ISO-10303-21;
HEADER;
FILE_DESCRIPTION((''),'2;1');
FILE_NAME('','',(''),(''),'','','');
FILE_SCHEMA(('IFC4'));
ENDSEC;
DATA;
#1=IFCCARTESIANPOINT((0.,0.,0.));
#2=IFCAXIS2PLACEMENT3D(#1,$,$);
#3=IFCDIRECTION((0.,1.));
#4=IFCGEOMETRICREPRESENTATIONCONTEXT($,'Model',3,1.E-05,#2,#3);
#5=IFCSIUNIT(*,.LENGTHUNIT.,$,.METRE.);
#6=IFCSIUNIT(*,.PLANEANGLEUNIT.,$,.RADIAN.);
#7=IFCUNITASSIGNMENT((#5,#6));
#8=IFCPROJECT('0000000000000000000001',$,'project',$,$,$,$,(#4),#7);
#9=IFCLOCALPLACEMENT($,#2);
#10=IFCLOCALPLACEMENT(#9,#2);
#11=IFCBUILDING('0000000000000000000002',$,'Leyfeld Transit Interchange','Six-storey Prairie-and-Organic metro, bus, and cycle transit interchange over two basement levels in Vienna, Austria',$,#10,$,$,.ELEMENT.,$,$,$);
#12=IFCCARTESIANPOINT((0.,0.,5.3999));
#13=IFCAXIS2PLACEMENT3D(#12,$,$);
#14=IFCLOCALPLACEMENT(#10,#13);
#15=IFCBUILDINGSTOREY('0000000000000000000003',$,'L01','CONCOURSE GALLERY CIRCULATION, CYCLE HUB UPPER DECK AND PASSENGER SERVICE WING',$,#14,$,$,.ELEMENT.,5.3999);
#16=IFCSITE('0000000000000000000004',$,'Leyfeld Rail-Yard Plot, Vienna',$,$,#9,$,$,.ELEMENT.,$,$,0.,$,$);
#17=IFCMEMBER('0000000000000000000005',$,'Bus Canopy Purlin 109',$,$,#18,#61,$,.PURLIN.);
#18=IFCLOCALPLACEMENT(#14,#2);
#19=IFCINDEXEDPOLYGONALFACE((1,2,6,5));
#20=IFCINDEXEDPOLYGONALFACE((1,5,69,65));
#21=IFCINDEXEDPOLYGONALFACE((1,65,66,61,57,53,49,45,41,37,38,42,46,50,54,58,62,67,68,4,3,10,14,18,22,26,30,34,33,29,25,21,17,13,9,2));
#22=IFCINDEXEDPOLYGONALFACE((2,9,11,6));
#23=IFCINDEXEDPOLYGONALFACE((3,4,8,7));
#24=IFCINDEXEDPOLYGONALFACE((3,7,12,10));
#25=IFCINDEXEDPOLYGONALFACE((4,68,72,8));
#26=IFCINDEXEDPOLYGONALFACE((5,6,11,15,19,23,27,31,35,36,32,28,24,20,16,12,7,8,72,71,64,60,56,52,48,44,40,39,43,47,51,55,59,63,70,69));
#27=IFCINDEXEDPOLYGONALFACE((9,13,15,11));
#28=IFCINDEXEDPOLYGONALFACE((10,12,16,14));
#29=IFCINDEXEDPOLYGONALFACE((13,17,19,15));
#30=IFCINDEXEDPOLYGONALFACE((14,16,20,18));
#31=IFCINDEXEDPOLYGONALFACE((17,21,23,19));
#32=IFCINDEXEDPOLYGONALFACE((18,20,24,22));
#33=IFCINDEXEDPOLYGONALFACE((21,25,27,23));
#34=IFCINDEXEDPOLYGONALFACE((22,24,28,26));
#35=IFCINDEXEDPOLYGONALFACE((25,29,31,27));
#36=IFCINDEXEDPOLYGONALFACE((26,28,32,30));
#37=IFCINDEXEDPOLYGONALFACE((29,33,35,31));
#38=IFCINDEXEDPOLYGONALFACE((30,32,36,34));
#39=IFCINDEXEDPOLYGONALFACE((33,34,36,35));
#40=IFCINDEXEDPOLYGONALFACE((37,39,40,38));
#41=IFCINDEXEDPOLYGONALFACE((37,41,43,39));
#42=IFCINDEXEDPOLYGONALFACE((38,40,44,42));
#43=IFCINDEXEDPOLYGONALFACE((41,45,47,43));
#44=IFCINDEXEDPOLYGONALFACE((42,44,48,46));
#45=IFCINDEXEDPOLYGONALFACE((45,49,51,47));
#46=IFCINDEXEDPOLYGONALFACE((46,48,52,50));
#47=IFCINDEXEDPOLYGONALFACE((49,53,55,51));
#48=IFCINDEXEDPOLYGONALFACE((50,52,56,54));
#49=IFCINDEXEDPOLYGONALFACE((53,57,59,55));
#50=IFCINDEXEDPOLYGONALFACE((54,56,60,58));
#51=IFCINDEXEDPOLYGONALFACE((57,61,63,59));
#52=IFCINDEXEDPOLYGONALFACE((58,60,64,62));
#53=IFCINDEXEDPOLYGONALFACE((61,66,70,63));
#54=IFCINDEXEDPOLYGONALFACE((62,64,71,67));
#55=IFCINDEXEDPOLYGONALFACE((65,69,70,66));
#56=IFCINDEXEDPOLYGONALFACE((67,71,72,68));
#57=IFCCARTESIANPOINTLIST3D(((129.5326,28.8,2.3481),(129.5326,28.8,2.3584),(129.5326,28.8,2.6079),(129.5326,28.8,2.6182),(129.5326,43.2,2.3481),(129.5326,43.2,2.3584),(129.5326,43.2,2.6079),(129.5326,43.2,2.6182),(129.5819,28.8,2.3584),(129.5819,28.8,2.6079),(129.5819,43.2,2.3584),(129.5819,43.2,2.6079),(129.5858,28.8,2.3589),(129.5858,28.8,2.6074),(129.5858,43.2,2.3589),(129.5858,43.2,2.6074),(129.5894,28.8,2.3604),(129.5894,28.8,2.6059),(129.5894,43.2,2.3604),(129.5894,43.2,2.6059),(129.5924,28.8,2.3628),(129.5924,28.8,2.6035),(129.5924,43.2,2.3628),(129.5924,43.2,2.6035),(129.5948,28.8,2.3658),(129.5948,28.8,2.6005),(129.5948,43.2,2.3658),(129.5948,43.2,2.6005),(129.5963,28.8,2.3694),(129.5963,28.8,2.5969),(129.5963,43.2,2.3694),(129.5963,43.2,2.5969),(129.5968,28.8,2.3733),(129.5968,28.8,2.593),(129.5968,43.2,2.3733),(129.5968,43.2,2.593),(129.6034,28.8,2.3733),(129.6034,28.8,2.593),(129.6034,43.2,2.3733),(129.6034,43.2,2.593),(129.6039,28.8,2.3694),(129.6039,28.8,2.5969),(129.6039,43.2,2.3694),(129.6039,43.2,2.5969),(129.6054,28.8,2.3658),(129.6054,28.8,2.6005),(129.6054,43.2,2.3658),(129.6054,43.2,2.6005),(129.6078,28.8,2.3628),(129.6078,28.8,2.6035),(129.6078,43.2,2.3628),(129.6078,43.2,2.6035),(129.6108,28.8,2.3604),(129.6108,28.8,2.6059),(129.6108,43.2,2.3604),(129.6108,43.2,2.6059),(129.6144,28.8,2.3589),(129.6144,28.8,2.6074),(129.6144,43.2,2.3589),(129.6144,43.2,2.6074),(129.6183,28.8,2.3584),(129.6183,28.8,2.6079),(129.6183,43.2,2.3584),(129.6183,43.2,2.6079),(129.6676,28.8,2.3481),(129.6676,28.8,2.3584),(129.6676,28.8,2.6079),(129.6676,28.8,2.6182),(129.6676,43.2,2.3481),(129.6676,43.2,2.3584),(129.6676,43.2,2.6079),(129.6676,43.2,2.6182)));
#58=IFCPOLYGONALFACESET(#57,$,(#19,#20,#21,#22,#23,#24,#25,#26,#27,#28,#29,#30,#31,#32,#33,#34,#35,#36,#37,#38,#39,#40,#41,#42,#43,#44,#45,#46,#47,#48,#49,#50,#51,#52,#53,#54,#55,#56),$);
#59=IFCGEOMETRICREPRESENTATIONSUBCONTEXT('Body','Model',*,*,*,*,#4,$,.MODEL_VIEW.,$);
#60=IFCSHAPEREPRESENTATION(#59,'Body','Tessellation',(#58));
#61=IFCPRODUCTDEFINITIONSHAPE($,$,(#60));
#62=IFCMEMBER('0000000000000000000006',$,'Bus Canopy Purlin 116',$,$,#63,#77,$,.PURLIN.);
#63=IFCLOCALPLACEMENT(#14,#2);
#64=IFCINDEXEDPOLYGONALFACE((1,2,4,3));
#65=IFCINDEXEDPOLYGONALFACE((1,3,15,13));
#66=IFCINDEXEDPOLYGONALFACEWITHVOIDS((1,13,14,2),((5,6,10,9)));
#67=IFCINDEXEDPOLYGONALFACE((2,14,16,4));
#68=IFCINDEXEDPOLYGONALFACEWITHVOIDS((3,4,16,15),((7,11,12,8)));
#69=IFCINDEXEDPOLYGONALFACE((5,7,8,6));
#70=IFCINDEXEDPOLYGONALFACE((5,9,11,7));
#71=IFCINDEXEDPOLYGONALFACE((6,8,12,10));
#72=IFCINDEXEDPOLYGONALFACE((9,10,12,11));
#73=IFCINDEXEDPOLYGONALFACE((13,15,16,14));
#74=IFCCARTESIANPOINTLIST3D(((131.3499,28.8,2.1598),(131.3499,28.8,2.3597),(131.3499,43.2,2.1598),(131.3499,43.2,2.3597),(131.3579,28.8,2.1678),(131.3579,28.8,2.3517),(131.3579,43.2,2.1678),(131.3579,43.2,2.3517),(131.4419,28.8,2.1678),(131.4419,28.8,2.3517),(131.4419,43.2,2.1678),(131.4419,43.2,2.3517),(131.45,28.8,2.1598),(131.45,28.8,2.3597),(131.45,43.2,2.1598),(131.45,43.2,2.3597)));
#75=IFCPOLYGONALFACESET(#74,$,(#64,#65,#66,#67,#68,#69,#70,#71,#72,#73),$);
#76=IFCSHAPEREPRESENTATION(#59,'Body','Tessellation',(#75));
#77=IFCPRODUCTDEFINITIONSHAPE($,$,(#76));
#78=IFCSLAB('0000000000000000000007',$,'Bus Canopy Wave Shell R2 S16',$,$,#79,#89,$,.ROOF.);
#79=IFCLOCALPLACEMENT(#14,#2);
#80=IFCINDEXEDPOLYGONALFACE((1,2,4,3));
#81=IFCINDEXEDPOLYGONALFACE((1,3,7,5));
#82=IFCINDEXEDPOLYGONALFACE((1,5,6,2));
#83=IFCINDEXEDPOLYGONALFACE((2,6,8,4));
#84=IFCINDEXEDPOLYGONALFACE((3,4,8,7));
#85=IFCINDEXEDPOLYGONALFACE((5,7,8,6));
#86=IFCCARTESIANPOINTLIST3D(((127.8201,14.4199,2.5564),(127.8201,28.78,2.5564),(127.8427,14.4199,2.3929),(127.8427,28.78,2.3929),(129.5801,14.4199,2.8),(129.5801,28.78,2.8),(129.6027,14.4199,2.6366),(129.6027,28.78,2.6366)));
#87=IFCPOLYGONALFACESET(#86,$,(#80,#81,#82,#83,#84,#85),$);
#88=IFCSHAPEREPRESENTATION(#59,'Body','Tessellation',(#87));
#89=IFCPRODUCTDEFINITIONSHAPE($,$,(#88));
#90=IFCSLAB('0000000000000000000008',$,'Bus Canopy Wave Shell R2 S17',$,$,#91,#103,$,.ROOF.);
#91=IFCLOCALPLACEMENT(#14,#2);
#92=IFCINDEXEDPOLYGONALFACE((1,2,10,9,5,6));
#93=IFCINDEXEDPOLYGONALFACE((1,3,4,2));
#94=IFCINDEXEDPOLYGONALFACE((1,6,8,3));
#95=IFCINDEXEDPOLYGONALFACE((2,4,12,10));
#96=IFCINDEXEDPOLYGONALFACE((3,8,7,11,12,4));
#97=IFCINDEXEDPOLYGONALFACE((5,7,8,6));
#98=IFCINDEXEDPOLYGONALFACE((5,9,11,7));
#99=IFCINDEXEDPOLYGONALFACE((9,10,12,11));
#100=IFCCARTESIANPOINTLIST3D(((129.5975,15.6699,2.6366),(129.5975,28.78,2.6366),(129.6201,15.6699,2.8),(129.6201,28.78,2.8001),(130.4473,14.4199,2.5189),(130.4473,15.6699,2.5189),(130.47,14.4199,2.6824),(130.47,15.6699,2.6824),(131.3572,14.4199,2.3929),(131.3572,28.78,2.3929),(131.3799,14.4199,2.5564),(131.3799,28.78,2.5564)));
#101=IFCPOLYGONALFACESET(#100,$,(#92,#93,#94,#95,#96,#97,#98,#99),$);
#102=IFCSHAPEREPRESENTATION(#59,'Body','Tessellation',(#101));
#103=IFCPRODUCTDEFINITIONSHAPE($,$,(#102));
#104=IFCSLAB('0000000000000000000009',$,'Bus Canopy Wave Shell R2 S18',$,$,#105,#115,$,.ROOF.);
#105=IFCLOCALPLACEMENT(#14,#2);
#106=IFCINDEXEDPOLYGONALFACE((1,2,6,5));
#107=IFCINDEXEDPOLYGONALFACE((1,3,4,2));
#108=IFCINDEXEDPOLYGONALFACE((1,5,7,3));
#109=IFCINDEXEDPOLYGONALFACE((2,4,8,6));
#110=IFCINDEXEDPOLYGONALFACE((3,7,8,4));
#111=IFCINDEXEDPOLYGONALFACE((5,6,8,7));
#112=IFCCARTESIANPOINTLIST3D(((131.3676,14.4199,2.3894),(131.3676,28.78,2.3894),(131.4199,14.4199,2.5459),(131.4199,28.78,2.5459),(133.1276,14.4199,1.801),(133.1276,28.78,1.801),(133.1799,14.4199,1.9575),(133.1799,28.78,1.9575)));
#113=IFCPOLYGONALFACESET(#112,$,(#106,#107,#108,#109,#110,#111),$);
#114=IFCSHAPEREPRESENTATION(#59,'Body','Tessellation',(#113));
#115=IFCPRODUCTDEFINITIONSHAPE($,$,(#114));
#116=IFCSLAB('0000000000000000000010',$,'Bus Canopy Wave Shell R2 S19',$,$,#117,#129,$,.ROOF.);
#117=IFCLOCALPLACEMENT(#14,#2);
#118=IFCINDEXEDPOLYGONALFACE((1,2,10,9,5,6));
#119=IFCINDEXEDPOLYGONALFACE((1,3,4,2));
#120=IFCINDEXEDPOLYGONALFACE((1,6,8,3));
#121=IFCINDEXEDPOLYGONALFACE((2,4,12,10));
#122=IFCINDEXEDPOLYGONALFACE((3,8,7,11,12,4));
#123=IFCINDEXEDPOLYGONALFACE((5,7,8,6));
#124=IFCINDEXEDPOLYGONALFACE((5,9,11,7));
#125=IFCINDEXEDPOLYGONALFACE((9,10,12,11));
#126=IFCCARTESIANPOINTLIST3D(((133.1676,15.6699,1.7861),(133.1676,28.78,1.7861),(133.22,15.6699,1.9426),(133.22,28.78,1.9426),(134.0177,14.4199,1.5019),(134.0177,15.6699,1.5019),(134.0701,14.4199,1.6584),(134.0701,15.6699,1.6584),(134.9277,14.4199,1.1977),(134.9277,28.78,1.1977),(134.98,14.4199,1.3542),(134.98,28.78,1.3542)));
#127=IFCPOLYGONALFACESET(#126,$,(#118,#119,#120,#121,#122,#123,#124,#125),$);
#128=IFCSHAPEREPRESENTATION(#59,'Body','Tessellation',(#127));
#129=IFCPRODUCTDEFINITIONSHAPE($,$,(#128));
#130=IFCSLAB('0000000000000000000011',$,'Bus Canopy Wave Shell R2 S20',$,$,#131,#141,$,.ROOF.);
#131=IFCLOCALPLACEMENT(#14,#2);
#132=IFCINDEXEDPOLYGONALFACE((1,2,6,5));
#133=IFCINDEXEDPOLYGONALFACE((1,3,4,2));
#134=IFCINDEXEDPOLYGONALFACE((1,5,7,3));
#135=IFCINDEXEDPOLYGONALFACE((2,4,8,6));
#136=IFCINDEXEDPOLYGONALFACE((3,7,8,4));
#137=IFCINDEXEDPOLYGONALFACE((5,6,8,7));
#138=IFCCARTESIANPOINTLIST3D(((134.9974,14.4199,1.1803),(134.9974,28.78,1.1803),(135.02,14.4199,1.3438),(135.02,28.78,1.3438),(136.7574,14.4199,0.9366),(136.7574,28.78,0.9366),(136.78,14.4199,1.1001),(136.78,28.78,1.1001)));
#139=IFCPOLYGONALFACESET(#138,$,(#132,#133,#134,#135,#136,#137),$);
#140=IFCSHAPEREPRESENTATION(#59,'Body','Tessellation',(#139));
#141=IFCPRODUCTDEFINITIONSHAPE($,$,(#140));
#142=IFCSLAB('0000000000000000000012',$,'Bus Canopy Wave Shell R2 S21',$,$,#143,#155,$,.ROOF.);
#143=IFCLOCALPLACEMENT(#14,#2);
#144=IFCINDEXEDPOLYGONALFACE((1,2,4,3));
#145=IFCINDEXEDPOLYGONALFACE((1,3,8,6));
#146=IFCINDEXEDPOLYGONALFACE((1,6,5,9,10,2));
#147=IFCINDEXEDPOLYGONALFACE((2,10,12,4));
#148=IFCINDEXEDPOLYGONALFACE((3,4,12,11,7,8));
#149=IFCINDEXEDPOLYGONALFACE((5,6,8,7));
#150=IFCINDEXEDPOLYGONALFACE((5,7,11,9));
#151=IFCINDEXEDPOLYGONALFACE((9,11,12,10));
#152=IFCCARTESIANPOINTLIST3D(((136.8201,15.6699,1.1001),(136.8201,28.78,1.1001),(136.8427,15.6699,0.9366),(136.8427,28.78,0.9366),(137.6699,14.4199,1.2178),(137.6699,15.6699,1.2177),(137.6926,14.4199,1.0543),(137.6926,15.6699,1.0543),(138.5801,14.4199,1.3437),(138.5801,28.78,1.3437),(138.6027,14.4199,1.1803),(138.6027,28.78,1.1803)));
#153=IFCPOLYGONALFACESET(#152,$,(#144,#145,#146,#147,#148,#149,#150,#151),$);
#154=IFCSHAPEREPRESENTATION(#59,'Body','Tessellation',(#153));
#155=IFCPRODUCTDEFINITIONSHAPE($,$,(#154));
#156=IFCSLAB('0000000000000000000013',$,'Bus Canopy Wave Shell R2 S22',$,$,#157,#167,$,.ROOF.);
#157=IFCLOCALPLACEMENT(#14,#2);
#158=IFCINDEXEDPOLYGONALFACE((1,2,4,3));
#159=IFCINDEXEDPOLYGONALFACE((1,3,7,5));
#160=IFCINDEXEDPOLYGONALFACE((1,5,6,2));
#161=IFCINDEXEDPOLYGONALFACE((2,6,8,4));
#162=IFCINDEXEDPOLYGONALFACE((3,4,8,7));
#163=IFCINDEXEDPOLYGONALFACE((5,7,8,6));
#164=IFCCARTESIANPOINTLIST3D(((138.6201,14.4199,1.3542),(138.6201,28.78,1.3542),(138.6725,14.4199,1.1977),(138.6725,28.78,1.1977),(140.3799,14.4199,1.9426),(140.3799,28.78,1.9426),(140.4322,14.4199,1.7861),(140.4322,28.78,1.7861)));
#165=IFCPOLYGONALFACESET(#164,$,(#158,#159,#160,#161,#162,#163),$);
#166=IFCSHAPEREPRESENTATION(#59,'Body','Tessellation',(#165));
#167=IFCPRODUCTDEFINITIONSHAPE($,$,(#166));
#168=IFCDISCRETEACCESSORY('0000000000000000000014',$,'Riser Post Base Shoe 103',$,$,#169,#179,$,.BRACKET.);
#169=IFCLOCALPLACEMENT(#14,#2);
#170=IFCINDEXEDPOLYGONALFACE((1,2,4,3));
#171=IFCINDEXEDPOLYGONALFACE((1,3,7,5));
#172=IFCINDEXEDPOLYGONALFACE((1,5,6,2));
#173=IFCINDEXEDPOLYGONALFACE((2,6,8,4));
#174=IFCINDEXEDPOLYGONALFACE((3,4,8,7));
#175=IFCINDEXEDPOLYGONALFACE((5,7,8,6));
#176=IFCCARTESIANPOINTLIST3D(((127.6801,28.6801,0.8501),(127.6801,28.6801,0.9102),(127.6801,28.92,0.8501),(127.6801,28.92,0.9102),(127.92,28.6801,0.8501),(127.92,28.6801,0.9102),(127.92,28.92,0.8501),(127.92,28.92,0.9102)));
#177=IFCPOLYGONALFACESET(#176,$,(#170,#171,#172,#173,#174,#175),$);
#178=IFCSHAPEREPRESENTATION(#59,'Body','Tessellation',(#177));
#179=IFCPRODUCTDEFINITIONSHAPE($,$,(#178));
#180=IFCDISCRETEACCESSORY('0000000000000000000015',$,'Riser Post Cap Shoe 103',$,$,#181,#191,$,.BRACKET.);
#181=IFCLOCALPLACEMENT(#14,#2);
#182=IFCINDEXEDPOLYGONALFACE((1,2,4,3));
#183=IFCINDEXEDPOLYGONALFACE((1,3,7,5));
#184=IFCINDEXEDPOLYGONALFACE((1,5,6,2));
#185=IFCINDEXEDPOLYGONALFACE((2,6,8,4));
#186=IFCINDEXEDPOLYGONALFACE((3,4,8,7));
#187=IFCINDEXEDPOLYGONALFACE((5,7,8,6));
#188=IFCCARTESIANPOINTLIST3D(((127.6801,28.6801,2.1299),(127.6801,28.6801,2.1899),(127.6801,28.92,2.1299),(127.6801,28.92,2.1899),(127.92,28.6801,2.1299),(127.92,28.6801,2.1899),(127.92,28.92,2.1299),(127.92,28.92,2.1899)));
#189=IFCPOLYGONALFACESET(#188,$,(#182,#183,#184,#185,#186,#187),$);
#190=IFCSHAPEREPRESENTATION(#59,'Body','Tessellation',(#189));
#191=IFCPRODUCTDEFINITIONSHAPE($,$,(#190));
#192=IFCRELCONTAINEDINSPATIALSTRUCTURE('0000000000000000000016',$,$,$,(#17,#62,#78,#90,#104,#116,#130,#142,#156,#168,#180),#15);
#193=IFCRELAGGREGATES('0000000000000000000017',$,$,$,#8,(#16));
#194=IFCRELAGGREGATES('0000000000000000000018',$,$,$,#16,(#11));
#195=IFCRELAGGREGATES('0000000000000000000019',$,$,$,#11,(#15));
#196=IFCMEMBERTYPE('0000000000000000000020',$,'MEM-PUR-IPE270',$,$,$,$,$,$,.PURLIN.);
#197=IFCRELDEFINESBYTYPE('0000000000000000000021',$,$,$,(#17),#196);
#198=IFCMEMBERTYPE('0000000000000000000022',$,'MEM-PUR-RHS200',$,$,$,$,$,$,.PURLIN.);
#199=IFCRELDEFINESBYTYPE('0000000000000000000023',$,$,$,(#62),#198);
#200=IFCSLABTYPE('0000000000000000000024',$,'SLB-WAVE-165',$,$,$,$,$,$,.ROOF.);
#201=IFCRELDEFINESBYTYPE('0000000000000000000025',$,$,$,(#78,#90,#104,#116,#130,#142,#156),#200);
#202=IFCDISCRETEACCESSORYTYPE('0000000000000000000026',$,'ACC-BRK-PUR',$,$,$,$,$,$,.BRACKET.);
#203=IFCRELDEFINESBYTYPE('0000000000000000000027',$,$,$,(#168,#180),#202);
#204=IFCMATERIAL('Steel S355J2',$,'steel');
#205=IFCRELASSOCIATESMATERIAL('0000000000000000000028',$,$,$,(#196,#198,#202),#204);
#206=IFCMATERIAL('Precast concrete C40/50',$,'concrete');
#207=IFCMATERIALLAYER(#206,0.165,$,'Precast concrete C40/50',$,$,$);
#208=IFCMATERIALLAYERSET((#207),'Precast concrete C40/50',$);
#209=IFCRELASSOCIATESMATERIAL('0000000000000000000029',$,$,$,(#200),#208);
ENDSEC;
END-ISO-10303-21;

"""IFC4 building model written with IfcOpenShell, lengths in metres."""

from ifc_helpers import new_model, si_unit, direction, frame, origin, origin_2d, place, context, subcontext, project, spatial, polyline, rectangle, hollow_rectangle, i_section, outline, extrude, material, layer, layer_set, material_profile, profile_set, type_object, element, save


model = new_model("IFC4")

# Units and contexts
model_context = context("Model", 3, precision=1e-05, world=origin(), true_north=direction((0.0, 1.0)))
body_context = subcontext(model_context, "Body", "Model", "MODEL_VIEW")
ifc_project = project(units=[si_unit("LENGTHUNIT", "METRE"), si_unit("PLANEANGLEUNIT", "RADIAN")], contexts=[model_context])

# Site, building, storey
site_placement = place(None, origin())
site = spatial("IfcSite", under=ifc_project, at=site_placement, Name="Leyfeld Rail-Yard Plot, Vienna", CompositionType="ELEMENT", RefElevation=0.0)
building_placement = place(site_placement, origin())
building = spatial("IfcBuilding", under=site, at=building_placement, Name="Leyfeld Transit Interchange", Description="Six-storey Prairie-and-Organic metro, bus, and cycle transit interchange over two basement levels in Vienna, Austria", CompositionType="ELEMENT")
storey_placement = place(building_placement, frame((0.0, 0.0, 5.3999)))
storey = spatial("IfcBuildingStorey", under=building, at=storey_placement, Name="L01", Description="CONCOURSE GALLERY CIRCULATION, CYCLE HUB UPPER DECK AND PASSENGER SERVICE WING", CompositionType="ELEMENT", Elevation=5.3999)

# Shared definitions
ifc_material_1 = material(Name="Steel S355J2", Category="steel")

# Members
ifc_material_profile_1 = material_profile(ifc_material_1, i_section(OverallWidth=0.135, OverallDepth=0.27, WebThickness=0.0066, FlangeThickness=0.0103, FilletRadius=0.0149, at=origin_2d()), Name="IPE 270")
ifc_profile_set_1 = profile_set([ifc_material_profile_1], Name="Steel S355J2")
member_type_1 = type_object("IfcMemberType", Name="MEM-PUR-IPE270", PredefinedType="PURLIN", material=ifc_profile_set_1)
member_1_placement = place(storey_placement, frame((129.6001, 28.8, 2.4832), z_axis=(0.0, 1.0, 0.0), x_axis=(-1.0, 0.0, 0.0)))
element("IfcMember", 1, at=member_1_placement, inside=storey, type_object=member_type_1, Name="Bus Canopy Purlin 109", PredefinedType="PURLIN", context=body_context, shape_type="SweptSolid", body=[
    extrude(i_section(OverallWidth=0.135, OverallDepth=0.27, WebThickness=0.0066, FlangeThickness=0.0103, FilletRadius=0.0149, at=origin_2d()), origin(), (0.0, 0.0, 1.0), 14.3999),
])
ifc_material_profile_2 = material_profile(ifc_material_1, hollow_rectangle(XDim=0.1001, YDim=0.2, WallThickness=0.0081, at=origin_2d()), Name="RHS 200x100x8")
ifc_profile_set_2 = profile_set([ifc_material_profile_2], Name="Steel S355J2")
member_type_2 = type_object("IfcMemberType", Name="MEM-PUR-RHS200", PredefinedType="PURLIN", material=ifc_profile_set_2)
member_2_placement = place(storey_placement, frame((131.3999, 28.8, 2.2598), z_axis=(0.0, 1.0, 0.0), x_axis=(-1.0, 0.0, 0.0)))
element("IfcMember", 2, at=member_2_placement, inside=storey, type_object=member_type_2, Name="Bus Canopy Purlin 116", PredefinedType="PURLIN", context=body_context, shape_type="SweptSolid", body=[
    extrude(hollow_rectangle(XDim=0.1001, YDim=0.2, WallThickness=0.0081, at=origin_2d()), origin(), (0.0, 0.0, 1.0), 14.3999),
])

# Slabs
ifc_material_2 = material(Name="Precast concrete C40/50", Category="concrete")
ifc_layer = layer(ifc_material_2, 0.165, Name="Precast concrete C40/50")
ifc_layer_set = layer_set([ifc_layer], Name="Precast concrete C40/50")
slab_type = type_object("IfcSlabType", Name="SLB-WAVE-165", PredefinedType="ROOF", material=ifc_layer_set)
slab_1_placement = place(storey_placement, frame((127.8201, 14.4199, 2.5564), z_axis=(-0.13713, 0.0, 0.990553), x_axis=(0.990553, 0.0, 0.13713)))
element("IfcSlab", 3, at=slab_1_placement, inside=storey, type_object=slab_type, Name="Bus Canopy Wave Shell R2 S16", PredefinedType="ROOF", context=body_context, shape_type="SweptSolid", body=[
    extrude(outline(polyline([(0.0, 0.0), (1.7768, 0.0), (1.7768, 14.3601), (0.0, 14.3601), (0.0, 0.0)])), origin(), (0.0, 0.0, -1.0), 0.165),
])
slab_2_placement = place(storey_placement, frame((129.6201, 15.6699, 2.8), z_axis=(0.137149, 0.0, 0.99055), x_axis=(0.99055, 0.0, -0.137149)))
element("IfcSlab", 4, at=slab_2_placement, inside=storey, type_object=slab_type, Name="Bus Canopy Wave Shell R2 S17", PredefinedType="ROOF", context=body_context, shape_type="SweptSolid", body=[
    extrude(outline(polyline([(0.0, 0.0), (0.858, 0.0), (0.858, -1.25), (1.7766, -1.25), (1.7766, 13.1101), (0.0, 13.1101), (0.0, 0.0)])), origin(), (0.0, 0.0, -1.0), 0.165),
])
slab_3_placement = place(storey_placement, frame((131.4199, 14.4199, 2.5459), z_axis=(0.317056, 0.0, 0.948407), x_axis=(0.948407, 0.0, -0.317056)))
element("IfcSlab", 5, at=slab_3_placement, inside=storey, type_object=slab_type, Name="Bus Canopy Wave Shell R2 S18", PredefinedType="ROOF", context=body_context, shape_type="SweptSolid", body=[
    extrude(outline(polyline([(0.0, 0.0), (1.8558, 0.0), (1.8558, 14.3601), (0.0, 14.3601), (0.0, 0.0)])), origin(), (0.0, 0.0, -1.0), 0.165),
])
slab_4_placement = place(storey_placement, frame((133.22, 15.6699, 1.9426), z_axis=(0.317057, 0.0, 0.948406), x_axis=(0.948406, 0.0, -0.317057)))
element("IfcSlab", 6, at=slab_4_placement, inside=storey, type_object=slab_type, Name="Bus Canopy Wave Shell R2 S19", PredefinedType="ROOF", context=body_context, shape_type="SweptSolid", body=[
    extrude(outline(polyline([(0.0, 0.0), (0.8963, 0.0), (0.8963, -1.25), (1.8558, -1.25), (1.8558, 13.1101), (0.0, 13.1101), (0.0, 0.0)])), origin(), (0.0, 0.0, -1.0), 0.165),
])
slab_5_placement = place(storey_placement, frame((135.02, 14.4199, 1.3438), z_axis=(0.13713, 0.0, 0.990553), x_axis=(0.990553, 0.0, -0.13713)))
element("IfcSlab", 7, at=slab_5_placement, inside=storey, type_object=slab_type, Name="Bus Canopy Wave Shell R2 S20", PredefinedType="ROOF", context=body_context, shape_type="SweptSolid", body=[
    extrude(outline(polyline([(0.0, 0.0), (1.7768, 0.0), (1.7768, 14.3601), (0.0, 14.3601), (0.0, 0.0)])), origin(), (0.0, 0.0, -1.0), 0.165),
])
slab_6_placement = place(storey_placement, frame((136.8201, 15.6699, 1.1001), z_axis=(-0.137129, 0.000001, 0.990553), x_axis=(0.990553, 0.0, 0.137129)))
element("IfcSlab", 8, at=slab_6_placement, inside=storey, type_object=slab_type, Name="Bus Canopy Wave Shell R2 S21", PredefinedType="ROOF", context=body_context, shape_type="SweptSolid", body=[
    extrude(outline(polyline([(0.0, 0.0), (0.858, 0.0), (0.858, -1.25), (1.7768, -1.25), (1.7768, 13.1101), (0.0, 13.1101), (0.0, 0.0)])), origin(), (0.0, 0.0, -1.0), 0.165),
])
slab_7_placement = place(storey_placement, frame((138.6201, 14.4199, 1.3542), z_axis=(-0.317096, 0.0, 0.948393), x_axis=(0.948393, 0.0, 0.317096)))
element("IfcSlab", 9, at=slab_7_placement, inside=storey, type_object=slab_type, Name="Bus Canopy Wave Shell R2 S22", PredefinedType="ROOF", context=body_context, shape_type="SweptSolid", body=[
    extrude(outline(polyline([(0.0, 0.0), (1.8555, 0.0), (1.8555, 14.3601), (0.0, 14.3601), (0.0, 0.0)])), origin(), (0.0, 0.0, -1.0), 0.165),
])

# Discrete accessories
discrete_accessory_type = type_object("IfcDiscreteAccessoryType", Name="ACC-BRK-PUR", PredefinedType="BRACKET", material=ifc_material_1)
for number, where, z_axis, x_axis, name in (
    (10, (127.8, 28.8, 0.8501), (0.0, 0.0, 1.0), (1.0, 0.0, 0.0), "Riser Post Base Shoe 103"),
    (11, (127.8, 28.8, 2.1299), (0.0, 0.0, 1.0), (1.0, 0.0, 0.0), "Riser Post Cap Shoe 103"),
):
    element("IfcDiscreteAccessory", number, at=place(storey_placement, frame(where, z_axis=z_axis, x_axis=x_axis)), inside=storey, type_object=discrete_accessory_type, Name=name, PredefinedType="BRACKET", context=body_context, shape_type="SweptSolid", body=[
        extrude(rectangle(XDim=0.24, YDim=0.24, at=origin_2d()), origin(), (0.0, 0.0, 1.0), 0.0601),
    ])

save(model, "model.ifc")
